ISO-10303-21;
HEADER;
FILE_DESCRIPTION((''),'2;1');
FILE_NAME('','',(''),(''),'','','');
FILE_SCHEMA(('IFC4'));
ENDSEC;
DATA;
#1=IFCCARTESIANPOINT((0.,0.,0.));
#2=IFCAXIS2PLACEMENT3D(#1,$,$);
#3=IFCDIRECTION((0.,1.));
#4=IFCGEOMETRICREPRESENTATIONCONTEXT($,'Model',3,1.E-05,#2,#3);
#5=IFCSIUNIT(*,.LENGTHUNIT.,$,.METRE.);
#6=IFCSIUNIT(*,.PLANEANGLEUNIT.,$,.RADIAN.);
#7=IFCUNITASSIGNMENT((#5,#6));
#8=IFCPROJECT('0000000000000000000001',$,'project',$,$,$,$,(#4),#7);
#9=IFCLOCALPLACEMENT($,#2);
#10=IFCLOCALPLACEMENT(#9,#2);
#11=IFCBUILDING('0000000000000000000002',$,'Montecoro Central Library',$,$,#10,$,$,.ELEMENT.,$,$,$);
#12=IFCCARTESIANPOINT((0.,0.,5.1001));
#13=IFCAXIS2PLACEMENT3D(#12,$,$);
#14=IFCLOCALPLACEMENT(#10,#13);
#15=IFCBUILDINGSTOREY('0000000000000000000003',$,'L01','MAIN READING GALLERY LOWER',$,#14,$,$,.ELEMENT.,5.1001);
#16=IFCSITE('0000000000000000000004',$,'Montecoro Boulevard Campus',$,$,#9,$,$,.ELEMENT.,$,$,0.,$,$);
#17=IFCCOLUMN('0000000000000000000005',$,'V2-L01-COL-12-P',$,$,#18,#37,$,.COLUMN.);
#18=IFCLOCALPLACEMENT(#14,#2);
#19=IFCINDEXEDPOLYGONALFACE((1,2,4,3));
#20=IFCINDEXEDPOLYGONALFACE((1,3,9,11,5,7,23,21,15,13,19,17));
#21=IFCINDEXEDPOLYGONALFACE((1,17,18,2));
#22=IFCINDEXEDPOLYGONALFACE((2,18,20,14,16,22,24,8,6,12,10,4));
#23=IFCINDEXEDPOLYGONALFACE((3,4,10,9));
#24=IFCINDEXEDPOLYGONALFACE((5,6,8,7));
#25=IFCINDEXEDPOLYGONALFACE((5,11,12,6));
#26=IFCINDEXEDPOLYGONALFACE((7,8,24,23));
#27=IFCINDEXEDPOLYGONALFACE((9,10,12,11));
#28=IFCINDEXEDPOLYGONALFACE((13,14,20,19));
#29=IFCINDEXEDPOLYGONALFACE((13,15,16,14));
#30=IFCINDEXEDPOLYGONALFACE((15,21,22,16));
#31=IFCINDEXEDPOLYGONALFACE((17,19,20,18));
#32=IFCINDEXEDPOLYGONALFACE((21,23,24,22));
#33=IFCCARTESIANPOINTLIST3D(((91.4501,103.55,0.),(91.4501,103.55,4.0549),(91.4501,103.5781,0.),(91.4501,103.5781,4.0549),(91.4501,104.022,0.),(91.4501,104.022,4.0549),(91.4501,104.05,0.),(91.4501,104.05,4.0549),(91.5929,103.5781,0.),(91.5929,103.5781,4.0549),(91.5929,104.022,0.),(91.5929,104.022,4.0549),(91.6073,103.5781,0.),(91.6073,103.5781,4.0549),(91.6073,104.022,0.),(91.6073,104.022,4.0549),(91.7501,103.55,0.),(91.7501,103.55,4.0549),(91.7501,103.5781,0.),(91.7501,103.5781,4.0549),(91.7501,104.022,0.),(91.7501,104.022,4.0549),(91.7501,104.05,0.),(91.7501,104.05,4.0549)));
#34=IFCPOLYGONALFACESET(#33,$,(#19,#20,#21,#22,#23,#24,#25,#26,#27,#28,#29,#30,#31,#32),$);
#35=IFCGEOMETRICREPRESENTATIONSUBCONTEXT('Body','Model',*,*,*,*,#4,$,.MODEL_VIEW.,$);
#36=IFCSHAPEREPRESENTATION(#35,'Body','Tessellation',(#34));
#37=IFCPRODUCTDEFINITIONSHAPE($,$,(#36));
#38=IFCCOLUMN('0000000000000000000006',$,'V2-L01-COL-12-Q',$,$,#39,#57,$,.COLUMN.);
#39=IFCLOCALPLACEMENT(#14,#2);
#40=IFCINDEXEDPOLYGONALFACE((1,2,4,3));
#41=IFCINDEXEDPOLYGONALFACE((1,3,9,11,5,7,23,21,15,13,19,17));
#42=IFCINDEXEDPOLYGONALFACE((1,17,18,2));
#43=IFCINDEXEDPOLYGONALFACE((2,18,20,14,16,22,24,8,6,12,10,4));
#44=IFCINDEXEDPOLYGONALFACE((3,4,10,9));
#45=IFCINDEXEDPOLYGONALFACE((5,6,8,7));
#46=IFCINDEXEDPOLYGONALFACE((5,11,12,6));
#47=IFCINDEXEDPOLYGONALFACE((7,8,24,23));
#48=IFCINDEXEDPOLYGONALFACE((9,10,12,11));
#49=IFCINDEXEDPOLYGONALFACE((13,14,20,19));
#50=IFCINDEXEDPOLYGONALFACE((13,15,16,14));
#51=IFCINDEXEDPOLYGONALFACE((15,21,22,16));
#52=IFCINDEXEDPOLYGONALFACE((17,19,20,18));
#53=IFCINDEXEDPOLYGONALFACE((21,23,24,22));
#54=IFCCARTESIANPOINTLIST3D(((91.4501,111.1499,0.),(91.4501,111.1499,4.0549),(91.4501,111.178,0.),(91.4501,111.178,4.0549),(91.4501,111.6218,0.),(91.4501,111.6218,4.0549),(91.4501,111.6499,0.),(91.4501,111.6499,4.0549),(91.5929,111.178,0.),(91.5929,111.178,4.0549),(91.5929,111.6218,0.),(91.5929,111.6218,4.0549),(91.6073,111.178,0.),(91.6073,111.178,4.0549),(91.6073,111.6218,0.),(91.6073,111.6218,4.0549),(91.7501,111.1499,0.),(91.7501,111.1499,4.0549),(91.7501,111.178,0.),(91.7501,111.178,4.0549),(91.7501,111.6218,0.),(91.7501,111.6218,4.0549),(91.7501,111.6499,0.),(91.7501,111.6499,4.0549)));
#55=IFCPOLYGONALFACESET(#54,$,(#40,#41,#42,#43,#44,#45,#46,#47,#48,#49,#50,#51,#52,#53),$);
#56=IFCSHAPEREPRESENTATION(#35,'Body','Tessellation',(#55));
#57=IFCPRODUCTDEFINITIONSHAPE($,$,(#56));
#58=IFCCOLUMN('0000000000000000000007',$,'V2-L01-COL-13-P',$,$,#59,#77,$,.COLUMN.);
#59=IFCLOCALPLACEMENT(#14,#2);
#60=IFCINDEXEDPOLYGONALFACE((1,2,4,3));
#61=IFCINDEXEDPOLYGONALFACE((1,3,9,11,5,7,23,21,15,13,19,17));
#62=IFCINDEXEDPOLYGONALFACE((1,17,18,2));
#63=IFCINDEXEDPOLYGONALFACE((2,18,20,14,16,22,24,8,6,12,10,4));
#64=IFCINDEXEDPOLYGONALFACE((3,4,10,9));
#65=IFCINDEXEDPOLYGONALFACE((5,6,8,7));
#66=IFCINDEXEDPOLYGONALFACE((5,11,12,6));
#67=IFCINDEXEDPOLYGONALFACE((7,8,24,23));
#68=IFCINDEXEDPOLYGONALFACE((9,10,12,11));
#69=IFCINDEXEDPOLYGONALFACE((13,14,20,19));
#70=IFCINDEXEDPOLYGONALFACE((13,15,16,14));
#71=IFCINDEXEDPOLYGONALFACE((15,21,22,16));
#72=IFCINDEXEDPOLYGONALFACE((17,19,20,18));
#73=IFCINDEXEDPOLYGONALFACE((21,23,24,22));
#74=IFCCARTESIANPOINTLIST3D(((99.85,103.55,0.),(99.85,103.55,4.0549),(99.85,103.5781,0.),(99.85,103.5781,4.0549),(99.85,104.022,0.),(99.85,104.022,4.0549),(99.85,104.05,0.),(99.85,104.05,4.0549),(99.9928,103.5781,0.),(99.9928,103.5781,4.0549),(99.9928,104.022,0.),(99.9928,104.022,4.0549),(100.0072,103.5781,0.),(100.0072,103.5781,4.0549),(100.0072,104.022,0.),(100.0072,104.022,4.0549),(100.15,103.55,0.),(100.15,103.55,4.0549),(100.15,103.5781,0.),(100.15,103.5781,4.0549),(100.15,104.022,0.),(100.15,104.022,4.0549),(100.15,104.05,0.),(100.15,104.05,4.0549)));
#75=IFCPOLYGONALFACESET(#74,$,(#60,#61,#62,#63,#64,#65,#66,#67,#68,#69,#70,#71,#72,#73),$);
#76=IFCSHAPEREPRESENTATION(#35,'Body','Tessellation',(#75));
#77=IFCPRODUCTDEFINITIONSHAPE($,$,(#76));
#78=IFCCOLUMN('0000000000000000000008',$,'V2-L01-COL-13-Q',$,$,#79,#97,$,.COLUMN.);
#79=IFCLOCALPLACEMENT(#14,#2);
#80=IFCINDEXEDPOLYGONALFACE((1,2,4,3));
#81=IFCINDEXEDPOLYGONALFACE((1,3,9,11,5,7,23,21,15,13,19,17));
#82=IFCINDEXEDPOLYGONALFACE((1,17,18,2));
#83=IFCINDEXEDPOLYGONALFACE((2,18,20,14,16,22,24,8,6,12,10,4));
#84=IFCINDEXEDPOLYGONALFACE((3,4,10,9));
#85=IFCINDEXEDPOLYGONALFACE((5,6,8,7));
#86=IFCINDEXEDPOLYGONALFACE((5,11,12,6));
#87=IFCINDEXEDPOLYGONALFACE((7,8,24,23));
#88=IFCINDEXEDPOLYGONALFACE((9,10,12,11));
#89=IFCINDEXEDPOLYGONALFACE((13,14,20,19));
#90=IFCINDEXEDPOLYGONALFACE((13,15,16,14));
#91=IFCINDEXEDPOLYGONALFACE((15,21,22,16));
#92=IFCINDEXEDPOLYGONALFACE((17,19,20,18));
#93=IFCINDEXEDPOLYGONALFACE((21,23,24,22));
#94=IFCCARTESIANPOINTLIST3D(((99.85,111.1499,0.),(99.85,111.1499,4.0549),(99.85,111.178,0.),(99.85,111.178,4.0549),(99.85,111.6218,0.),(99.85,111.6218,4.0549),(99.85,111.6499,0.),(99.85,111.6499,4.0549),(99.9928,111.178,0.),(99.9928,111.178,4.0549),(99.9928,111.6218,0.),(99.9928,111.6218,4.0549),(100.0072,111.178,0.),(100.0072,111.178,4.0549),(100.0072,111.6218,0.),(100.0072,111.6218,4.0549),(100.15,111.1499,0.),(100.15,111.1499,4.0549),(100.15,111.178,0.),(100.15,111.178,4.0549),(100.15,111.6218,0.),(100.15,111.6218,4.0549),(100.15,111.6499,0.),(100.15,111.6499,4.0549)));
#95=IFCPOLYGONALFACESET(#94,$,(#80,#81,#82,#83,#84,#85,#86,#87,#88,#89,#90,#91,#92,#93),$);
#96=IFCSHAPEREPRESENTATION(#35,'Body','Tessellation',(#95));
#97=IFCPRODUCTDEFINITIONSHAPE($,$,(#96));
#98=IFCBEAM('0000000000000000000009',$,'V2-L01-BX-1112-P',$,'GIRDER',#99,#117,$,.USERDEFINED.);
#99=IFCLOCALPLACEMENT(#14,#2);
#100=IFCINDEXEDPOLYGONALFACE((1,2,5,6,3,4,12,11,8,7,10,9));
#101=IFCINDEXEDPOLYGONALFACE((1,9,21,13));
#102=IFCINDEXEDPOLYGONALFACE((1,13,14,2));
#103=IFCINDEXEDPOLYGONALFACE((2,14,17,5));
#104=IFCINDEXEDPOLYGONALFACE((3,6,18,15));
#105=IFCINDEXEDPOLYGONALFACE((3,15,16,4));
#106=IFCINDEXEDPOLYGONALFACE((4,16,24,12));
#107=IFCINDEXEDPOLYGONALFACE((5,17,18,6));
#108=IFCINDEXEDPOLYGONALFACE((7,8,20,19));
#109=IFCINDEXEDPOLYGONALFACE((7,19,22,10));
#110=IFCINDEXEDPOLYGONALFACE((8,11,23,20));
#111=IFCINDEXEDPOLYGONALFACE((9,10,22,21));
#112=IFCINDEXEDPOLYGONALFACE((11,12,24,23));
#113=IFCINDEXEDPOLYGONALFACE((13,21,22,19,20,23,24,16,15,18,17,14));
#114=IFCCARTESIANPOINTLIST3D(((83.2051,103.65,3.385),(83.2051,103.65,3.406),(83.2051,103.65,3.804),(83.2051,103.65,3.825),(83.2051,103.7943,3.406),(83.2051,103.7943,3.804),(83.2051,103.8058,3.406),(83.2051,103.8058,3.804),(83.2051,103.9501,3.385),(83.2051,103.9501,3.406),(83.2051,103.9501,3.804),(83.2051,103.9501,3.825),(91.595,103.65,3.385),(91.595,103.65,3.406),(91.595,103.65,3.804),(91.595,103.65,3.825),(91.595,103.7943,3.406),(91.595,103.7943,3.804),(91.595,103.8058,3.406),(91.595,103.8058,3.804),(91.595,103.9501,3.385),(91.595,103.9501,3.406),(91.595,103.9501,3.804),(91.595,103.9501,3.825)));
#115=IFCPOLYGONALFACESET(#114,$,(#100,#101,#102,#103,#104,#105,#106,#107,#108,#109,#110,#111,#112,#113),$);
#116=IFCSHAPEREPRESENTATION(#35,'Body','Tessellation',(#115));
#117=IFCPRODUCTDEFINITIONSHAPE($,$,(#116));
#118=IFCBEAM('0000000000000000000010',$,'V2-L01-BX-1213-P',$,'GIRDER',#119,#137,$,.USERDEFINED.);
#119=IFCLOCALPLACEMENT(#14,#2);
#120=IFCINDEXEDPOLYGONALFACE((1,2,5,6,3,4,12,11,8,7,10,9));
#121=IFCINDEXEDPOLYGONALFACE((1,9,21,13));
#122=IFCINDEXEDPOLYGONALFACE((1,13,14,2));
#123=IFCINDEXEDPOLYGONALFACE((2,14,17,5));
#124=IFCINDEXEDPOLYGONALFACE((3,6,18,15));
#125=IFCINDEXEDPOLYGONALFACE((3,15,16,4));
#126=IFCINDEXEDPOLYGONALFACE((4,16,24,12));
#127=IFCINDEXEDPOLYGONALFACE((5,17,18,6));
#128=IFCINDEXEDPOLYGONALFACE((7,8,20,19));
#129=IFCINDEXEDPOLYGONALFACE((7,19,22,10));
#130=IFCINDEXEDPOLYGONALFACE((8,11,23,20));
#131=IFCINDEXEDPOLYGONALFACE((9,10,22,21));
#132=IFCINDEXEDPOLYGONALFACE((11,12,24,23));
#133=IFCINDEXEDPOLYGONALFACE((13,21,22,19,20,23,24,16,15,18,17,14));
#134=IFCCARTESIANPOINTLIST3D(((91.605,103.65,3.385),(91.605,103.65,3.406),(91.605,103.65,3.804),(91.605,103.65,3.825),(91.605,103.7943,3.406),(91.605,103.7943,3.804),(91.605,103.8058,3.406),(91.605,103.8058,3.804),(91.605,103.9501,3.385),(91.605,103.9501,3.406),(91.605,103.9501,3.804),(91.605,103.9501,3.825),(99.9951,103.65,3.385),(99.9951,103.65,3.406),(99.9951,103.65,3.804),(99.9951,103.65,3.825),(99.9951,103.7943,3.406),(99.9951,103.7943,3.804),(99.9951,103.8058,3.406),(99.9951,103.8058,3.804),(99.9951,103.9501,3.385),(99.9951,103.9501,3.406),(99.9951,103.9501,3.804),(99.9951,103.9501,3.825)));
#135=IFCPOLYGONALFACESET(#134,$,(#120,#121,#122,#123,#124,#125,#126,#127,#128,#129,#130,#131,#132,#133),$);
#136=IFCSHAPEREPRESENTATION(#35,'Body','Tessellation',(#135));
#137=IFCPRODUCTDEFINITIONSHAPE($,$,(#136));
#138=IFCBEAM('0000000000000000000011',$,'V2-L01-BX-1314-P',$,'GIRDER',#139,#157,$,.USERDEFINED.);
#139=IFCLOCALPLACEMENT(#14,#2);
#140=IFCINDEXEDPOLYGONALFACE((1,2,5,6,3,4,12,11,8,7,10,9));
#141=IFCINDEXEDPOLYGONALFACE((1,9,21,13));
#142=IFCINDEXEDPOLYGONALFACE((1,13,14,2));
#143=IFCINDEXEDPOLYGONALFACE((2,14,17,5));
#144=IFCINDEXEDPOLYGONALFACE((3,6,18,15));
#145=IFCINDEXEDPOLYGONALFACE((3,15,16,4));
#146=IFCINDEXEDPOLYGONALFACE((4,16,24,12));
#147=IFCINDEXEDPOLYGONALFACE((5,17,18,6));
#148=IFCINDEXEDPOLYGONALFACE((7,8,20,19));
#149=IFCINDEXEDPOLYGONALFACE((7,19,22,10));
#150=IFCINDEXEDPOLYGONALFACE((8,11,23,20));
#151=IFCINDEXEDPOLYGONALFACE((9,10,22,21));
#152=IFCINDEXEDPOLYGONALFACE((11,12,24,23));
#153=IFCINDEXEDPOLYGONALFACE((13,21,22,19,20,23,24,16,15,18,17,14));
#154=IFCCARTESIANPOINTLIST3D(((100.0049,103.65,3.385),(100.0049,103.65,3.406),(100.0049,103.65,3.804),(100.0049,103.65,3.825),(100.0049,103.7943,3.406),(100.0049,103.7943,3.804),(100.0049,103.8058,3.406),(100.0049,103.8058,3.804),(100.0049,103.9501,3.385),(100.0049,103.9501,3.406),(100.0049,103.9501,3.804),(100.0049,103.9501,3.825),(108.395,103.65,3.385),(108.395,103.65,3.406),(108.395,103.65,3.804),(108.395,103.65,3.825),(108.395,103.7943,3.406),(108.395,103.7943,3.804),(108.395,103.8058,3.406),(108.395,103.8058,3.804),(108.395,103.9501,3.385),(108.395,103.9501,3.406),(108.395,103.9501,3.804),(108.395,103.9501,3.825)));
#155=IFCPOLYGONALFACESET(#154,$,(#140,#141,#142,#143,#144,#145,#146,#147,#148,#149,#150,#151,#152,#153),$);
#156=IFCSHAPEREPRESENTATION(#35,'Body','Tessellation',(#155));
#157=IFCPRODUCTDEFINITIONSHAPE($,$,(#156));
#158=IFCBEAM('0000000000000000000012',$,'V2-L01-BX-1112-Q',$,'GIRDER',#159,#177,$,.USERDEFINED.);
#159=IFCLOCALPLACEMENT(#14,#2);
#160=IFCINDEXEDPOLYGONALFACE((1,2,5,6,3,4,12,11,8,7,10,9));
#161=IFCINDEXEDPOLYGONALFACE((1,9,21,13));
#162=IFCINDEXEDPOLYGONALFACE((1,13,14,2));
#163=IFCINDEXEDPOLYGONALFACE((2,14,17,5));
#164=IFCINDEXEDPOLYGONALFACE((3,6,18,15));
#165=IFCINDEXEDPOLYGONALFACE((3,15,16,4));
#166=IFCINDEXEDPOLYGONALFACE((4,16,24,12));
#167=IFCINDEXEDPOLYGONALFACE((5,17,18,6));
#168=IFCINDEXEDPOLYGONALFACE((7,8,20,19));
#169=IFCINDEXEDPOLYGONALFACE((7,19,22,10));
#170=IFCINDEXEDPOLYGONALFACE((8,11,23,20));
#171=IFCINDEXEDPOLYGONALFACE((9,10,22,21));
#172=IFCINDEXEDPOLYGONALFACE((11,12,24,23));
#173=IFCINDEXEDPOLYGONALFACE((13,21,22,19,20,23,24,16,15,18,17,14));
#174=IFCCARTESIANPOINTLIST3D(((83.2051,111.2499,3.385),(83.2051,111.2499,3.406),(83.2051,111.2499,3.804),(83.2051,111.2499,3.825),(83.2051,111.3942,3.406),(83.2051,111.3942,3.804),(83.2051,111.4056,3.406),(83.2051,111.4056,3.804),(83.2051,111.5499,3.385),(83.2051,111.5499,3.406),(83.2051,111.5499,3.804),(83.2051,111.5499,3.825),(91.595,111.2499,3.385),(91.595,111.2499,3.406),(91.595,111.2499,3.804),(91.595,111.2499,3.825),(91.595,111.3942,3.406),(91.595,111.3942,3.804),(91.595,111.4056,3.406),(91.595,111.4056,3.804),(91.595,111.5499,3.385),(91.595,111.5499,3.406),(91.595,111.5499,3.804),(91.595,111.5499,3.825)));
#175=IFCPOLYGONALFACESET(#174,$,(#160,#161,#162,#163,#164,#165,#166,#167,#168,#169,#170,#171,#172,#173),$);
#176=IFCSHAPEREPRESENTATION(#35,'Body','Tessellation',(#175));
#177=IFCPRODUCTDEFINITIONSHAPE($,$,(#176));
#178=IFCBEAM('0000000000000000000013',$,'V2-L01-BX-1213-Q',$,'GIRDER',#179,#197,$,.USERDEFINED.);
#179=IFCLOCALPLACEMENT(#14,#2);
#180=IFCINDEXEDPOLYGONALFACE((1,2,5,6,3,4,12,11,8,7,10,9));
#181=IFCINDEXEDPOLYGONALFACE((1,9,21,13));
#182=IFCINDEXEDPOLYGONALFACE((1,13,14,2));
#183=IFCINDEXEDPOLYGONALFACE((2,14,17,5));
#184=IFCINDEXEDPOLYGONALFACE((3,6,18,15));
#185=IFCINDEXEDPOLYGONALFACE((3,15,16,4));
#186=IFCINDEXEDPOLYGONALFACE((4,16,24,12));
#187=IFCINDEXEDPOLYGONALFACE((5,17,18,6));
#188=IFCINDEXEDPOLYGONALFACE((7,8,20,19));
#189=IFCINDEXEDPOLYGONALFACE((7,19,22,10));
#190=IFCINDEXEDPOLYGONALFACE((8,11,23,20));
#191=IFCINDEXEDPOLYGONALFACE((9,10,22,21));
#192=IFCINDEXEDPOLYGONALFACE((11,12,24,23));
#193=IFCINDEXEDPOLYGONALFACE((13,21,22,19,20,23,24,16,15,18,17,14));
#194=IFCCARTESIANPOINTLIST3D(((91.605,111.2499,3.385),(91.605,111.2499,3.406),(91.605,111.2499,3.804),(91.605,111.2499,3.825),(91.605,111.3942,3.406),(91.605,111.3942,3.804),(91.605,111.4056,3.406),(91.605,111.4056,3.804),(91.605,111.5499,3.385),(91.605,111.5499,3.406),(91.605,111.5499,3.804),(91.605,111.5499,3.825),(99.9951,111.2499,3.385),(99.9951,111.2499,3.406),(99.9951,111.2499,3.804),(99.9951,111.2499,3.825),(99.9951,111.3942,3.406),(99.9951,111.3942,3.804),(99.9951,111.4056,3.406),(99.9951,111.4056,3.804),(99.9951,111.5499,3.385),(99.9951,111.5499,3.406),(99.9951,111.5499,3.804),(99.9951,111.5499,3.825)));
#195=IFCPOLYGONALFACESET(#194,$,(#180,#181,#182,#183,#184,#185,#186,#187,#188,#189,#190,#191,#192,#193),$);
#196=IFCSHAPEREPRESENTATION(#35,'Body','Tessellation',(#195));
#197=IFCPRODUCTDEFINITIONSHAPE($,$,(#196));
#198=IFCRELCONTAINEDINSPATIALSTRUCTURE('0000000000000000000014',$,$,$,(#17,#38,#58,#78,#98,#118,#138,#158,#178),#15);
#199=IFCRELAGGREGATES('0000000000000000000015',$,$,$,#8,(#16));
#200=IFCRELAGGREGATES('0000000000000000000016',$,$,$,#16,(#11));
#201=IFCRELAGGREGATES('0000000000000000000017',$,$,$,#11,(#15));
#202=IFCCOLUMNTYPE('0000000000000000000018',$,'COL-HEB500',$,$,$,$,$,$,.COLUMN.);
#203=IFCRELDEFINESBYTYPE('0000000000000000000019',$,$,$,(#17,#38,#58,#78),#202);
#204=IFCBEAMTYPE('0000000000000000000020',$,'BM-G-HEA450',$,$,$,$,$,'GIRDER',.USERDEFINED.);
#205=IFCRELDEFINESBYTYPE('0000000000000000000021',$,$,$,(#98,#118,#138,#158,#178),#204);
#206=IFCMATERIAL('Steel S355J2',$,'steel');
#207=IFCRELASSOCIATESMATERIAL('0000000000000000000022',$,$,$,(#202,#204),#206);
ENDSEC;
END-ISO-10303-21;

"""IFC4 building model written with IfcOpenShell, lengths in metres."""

from ifc_helpers import new_model, si_unit, direction, frame, origin, origin_2d, place, context, subcontext, project, spatial, i_section, extrude, material, material_profile, profile_set, type_object, element, save


model = new_model("IFC4")

# Units and contexts
model_context = context("Model", 3, precision=1e-05, world=origin(), true_north=direction((0.0, 1.0)))
body_context = subcontext(model_context, "Body", "Model", "MODEL_VIEW")
ifc_project = project(units=[si_unit("LENGTHUNIT", "METRE"), si_unit("PLANEANGLEUNIT", "RADIAN")], contexts=[model_context])

# Site, building, storey
site_placement = place(None, origin())
site = spatial("IfcSite", under=ifc_project, at=site_placement, Name="Montecoro Boulevard Campus", CompositionType="ELEMENT", RefElevation=0.0)
building_placement = place(site_placement, origin())
building = spatial("IfcBuilding", under=site, at=building_placement, Name="Montecoro Central Library", CompositionType="ELEMENT")
storey_placement = place(building_placement, frame((0.0, 0.0, 5.1001)))
storey = spatial("IfcBuildingStorey", under=building, at=storey_placement, Name="L01", Description="MAIN READING GALLERY LOWER", CompositionType="ELEMENT", Elevation=5.1001)

# Columns
ifc_material_1 = material(Name="Steel S355J2", Category="steel")
ifc_material_profile_1 = material_profile(ifc_material_1, i_section(OverallWidth=0.3, OverallDepth=0.5, WebThickness=0.0144, FlangeThickness=0.0281, at=origin_2d()), Name="HEB 500")
ifc_profile_set_1 = profile_set([ifc_material_profile_1], Name="Steel S355J2")
column_type = type_object("IfcColumnType", Name="COL-HEB500", PredefinedType="COLUMN", material=ifc_profile_set_1)
for number, where, z_axis, x_axis, name in (
    (1, (91.6001, 103.8, 0.0), (0.0, 0.0, 1.0), (1.0, 0.0, 0.0), "V2-L01-COL-12-P"),
    (2, (91.6001, 111.3999, 0.0), (0.0, 0.0, 1.0), (1.0, 0.0, 0.0), "V2-L01-COL-12-Q"),
    (3, (100.0, 103.8, 0.0), (0.0, 0.0, 1.0), (1.0, 0.0, 0.0), "V2-L01-COL-13-P"),
    (4, (100.0, 111.3999, 0.0), (0.0, 0.0, 1.0), (1.0, 0.0, 0.0), "V2-L01-COL-13-Q"),
):
    element("IfcColumn", number, at=place(storey_placement, frame(where, z_axis=z_axis, x_axis=x_axis)), inside=storey, type_object=column_type, Name=name, PredefinedType="COLUMN", context=body_context, shape_type="SweptSolid", body=[
        extrude(i_section(OverallWidth=0.3, OverallDepth=0.5, WebThickness=0.0144, FlangeThickness=0.0281, at=origin_2d()), origin(), (0.0, 0.0, 1.0), 4.0549),
    ])

# Beams
ifc_material_profile_2 = material_profile(ifc_material_1, i_section(OverallWidth=0.3, OverallDepth=0.4399, WebThickness=0.0115, FlangeThickness=0.021, at=origin_2d()), Name="HEA 450")
ifc_profile_set_2 = profile_set([ifc_material_profile_2], Name="Steel S355J2")
beam_type_1 = type_object("IfcBeamType", Name="BM-G-HEA450", ElementType="GIRDER", PredefinedType="USERDEFINED", material=ifc_profile_set_2)
beam_1_placement = place(storey_placement, frame((83.2051, 103.8, 3.605), z_axis=(1.0, 0.0, 0.0), x_axis=(0.0, 1.0, 0.0)))
element("IfcBeam", 5, at=beam_1_placement, inside=storey, type_object=beam_type_1, Name="V2-L01-BX-1112-P", ObjectType="GIRDER", PredefinedType="USERDEFINED", context=body_context, shape_type="SweptSolid", body=[
    extrude(i_section(OverallWidth=0.3, OverallDepth=0.4399, WebThickness=0.0115, FlangeThickness=0.021, at=origin_2d()), origin(), (0.0, 0.0, 1.0), 8.3899),
])
for number, where, z_axis, x_axis, name in (
    (6, (91.605, 103.8, 3.605), (1.0, 0.0, 0.0), (0.0, 1.0, 0.0), "V2-L01-BX-1213-P"),
    (7, (100.0049, 103.8, 3.605), (1.0, 0.0, 0.0), (0.0, 1.0, 0.0), "V2-L01-BX-1314-P"),
):
    element("IfcBeam", number, at=place(storey_placement, frame(where, z_axis=z_axis, x_axis=x_axis)), inside=storey, type_object=beam_type_1, Name=name, ObjectType="GIRDER", PredefinedType="USERDEFINED", context=body_context, shape_type="SweptSolid", body=[
        extrude(i_section(OverallWidth=0.3, OverallDepth=0.4399, WebThickness=0.0115, FlangeThickness=0.021, at=origin_2d()), origin(), (0.0, 0.0, 1.0), 8.3901),
    ])
beam_2_placement = place(storey_placement, frame((83.2051, 111.3999, 3.605), z_axis=(1.0, 0.0, 0.0), x_axis=(0.0, 1.0, 0.0)))
element("IfcBeam", 8, at=beam_2_placement, inside=storey, type_object=beam_type_1, Name="V2-L01-BX-1112-Q", ObjectType="GIRDER", PredefinedType="USERDEFINED", context=body_context, shape_type="SweptSolid", body=[
    extrude(i_section(OverallWidth=0.3, OverallDepth=0.4399, WebThickness=0.0115, FlangeThickness=0.021, at=origin_2d()), origin(), (0.0, 0.0, 1.0), 8.3899),
])
for number, where, z_axis, x_axis, name in (
    (9, (91.605, 111.3999, 3.605), (1.0, 0.0, 0.0), (0.0, 1.0, 0.0), "V2-L01-BX-1213-Q"),
):
    element("IfcBeam", number, at=place(storey_placement, frame(where, z_axis=z_axis, x_axis=x_axis)), inside=storey, type_object=beam_type_1, Name=name, ObjectType="GIRDER", PredefinedType="USERDEFINED", context=body_context, shape_type="SweptSolid", body=[
        extrude(i_section(OverallWidth=0.3, OverallDepth=0.4399, WebThickness=0.0115, FlangeThickness=0.021, at=origin_2d()), origin(), (0.0, 0.0, 1.0), 8.3901),
    ])

save(model, "model.ifc")
